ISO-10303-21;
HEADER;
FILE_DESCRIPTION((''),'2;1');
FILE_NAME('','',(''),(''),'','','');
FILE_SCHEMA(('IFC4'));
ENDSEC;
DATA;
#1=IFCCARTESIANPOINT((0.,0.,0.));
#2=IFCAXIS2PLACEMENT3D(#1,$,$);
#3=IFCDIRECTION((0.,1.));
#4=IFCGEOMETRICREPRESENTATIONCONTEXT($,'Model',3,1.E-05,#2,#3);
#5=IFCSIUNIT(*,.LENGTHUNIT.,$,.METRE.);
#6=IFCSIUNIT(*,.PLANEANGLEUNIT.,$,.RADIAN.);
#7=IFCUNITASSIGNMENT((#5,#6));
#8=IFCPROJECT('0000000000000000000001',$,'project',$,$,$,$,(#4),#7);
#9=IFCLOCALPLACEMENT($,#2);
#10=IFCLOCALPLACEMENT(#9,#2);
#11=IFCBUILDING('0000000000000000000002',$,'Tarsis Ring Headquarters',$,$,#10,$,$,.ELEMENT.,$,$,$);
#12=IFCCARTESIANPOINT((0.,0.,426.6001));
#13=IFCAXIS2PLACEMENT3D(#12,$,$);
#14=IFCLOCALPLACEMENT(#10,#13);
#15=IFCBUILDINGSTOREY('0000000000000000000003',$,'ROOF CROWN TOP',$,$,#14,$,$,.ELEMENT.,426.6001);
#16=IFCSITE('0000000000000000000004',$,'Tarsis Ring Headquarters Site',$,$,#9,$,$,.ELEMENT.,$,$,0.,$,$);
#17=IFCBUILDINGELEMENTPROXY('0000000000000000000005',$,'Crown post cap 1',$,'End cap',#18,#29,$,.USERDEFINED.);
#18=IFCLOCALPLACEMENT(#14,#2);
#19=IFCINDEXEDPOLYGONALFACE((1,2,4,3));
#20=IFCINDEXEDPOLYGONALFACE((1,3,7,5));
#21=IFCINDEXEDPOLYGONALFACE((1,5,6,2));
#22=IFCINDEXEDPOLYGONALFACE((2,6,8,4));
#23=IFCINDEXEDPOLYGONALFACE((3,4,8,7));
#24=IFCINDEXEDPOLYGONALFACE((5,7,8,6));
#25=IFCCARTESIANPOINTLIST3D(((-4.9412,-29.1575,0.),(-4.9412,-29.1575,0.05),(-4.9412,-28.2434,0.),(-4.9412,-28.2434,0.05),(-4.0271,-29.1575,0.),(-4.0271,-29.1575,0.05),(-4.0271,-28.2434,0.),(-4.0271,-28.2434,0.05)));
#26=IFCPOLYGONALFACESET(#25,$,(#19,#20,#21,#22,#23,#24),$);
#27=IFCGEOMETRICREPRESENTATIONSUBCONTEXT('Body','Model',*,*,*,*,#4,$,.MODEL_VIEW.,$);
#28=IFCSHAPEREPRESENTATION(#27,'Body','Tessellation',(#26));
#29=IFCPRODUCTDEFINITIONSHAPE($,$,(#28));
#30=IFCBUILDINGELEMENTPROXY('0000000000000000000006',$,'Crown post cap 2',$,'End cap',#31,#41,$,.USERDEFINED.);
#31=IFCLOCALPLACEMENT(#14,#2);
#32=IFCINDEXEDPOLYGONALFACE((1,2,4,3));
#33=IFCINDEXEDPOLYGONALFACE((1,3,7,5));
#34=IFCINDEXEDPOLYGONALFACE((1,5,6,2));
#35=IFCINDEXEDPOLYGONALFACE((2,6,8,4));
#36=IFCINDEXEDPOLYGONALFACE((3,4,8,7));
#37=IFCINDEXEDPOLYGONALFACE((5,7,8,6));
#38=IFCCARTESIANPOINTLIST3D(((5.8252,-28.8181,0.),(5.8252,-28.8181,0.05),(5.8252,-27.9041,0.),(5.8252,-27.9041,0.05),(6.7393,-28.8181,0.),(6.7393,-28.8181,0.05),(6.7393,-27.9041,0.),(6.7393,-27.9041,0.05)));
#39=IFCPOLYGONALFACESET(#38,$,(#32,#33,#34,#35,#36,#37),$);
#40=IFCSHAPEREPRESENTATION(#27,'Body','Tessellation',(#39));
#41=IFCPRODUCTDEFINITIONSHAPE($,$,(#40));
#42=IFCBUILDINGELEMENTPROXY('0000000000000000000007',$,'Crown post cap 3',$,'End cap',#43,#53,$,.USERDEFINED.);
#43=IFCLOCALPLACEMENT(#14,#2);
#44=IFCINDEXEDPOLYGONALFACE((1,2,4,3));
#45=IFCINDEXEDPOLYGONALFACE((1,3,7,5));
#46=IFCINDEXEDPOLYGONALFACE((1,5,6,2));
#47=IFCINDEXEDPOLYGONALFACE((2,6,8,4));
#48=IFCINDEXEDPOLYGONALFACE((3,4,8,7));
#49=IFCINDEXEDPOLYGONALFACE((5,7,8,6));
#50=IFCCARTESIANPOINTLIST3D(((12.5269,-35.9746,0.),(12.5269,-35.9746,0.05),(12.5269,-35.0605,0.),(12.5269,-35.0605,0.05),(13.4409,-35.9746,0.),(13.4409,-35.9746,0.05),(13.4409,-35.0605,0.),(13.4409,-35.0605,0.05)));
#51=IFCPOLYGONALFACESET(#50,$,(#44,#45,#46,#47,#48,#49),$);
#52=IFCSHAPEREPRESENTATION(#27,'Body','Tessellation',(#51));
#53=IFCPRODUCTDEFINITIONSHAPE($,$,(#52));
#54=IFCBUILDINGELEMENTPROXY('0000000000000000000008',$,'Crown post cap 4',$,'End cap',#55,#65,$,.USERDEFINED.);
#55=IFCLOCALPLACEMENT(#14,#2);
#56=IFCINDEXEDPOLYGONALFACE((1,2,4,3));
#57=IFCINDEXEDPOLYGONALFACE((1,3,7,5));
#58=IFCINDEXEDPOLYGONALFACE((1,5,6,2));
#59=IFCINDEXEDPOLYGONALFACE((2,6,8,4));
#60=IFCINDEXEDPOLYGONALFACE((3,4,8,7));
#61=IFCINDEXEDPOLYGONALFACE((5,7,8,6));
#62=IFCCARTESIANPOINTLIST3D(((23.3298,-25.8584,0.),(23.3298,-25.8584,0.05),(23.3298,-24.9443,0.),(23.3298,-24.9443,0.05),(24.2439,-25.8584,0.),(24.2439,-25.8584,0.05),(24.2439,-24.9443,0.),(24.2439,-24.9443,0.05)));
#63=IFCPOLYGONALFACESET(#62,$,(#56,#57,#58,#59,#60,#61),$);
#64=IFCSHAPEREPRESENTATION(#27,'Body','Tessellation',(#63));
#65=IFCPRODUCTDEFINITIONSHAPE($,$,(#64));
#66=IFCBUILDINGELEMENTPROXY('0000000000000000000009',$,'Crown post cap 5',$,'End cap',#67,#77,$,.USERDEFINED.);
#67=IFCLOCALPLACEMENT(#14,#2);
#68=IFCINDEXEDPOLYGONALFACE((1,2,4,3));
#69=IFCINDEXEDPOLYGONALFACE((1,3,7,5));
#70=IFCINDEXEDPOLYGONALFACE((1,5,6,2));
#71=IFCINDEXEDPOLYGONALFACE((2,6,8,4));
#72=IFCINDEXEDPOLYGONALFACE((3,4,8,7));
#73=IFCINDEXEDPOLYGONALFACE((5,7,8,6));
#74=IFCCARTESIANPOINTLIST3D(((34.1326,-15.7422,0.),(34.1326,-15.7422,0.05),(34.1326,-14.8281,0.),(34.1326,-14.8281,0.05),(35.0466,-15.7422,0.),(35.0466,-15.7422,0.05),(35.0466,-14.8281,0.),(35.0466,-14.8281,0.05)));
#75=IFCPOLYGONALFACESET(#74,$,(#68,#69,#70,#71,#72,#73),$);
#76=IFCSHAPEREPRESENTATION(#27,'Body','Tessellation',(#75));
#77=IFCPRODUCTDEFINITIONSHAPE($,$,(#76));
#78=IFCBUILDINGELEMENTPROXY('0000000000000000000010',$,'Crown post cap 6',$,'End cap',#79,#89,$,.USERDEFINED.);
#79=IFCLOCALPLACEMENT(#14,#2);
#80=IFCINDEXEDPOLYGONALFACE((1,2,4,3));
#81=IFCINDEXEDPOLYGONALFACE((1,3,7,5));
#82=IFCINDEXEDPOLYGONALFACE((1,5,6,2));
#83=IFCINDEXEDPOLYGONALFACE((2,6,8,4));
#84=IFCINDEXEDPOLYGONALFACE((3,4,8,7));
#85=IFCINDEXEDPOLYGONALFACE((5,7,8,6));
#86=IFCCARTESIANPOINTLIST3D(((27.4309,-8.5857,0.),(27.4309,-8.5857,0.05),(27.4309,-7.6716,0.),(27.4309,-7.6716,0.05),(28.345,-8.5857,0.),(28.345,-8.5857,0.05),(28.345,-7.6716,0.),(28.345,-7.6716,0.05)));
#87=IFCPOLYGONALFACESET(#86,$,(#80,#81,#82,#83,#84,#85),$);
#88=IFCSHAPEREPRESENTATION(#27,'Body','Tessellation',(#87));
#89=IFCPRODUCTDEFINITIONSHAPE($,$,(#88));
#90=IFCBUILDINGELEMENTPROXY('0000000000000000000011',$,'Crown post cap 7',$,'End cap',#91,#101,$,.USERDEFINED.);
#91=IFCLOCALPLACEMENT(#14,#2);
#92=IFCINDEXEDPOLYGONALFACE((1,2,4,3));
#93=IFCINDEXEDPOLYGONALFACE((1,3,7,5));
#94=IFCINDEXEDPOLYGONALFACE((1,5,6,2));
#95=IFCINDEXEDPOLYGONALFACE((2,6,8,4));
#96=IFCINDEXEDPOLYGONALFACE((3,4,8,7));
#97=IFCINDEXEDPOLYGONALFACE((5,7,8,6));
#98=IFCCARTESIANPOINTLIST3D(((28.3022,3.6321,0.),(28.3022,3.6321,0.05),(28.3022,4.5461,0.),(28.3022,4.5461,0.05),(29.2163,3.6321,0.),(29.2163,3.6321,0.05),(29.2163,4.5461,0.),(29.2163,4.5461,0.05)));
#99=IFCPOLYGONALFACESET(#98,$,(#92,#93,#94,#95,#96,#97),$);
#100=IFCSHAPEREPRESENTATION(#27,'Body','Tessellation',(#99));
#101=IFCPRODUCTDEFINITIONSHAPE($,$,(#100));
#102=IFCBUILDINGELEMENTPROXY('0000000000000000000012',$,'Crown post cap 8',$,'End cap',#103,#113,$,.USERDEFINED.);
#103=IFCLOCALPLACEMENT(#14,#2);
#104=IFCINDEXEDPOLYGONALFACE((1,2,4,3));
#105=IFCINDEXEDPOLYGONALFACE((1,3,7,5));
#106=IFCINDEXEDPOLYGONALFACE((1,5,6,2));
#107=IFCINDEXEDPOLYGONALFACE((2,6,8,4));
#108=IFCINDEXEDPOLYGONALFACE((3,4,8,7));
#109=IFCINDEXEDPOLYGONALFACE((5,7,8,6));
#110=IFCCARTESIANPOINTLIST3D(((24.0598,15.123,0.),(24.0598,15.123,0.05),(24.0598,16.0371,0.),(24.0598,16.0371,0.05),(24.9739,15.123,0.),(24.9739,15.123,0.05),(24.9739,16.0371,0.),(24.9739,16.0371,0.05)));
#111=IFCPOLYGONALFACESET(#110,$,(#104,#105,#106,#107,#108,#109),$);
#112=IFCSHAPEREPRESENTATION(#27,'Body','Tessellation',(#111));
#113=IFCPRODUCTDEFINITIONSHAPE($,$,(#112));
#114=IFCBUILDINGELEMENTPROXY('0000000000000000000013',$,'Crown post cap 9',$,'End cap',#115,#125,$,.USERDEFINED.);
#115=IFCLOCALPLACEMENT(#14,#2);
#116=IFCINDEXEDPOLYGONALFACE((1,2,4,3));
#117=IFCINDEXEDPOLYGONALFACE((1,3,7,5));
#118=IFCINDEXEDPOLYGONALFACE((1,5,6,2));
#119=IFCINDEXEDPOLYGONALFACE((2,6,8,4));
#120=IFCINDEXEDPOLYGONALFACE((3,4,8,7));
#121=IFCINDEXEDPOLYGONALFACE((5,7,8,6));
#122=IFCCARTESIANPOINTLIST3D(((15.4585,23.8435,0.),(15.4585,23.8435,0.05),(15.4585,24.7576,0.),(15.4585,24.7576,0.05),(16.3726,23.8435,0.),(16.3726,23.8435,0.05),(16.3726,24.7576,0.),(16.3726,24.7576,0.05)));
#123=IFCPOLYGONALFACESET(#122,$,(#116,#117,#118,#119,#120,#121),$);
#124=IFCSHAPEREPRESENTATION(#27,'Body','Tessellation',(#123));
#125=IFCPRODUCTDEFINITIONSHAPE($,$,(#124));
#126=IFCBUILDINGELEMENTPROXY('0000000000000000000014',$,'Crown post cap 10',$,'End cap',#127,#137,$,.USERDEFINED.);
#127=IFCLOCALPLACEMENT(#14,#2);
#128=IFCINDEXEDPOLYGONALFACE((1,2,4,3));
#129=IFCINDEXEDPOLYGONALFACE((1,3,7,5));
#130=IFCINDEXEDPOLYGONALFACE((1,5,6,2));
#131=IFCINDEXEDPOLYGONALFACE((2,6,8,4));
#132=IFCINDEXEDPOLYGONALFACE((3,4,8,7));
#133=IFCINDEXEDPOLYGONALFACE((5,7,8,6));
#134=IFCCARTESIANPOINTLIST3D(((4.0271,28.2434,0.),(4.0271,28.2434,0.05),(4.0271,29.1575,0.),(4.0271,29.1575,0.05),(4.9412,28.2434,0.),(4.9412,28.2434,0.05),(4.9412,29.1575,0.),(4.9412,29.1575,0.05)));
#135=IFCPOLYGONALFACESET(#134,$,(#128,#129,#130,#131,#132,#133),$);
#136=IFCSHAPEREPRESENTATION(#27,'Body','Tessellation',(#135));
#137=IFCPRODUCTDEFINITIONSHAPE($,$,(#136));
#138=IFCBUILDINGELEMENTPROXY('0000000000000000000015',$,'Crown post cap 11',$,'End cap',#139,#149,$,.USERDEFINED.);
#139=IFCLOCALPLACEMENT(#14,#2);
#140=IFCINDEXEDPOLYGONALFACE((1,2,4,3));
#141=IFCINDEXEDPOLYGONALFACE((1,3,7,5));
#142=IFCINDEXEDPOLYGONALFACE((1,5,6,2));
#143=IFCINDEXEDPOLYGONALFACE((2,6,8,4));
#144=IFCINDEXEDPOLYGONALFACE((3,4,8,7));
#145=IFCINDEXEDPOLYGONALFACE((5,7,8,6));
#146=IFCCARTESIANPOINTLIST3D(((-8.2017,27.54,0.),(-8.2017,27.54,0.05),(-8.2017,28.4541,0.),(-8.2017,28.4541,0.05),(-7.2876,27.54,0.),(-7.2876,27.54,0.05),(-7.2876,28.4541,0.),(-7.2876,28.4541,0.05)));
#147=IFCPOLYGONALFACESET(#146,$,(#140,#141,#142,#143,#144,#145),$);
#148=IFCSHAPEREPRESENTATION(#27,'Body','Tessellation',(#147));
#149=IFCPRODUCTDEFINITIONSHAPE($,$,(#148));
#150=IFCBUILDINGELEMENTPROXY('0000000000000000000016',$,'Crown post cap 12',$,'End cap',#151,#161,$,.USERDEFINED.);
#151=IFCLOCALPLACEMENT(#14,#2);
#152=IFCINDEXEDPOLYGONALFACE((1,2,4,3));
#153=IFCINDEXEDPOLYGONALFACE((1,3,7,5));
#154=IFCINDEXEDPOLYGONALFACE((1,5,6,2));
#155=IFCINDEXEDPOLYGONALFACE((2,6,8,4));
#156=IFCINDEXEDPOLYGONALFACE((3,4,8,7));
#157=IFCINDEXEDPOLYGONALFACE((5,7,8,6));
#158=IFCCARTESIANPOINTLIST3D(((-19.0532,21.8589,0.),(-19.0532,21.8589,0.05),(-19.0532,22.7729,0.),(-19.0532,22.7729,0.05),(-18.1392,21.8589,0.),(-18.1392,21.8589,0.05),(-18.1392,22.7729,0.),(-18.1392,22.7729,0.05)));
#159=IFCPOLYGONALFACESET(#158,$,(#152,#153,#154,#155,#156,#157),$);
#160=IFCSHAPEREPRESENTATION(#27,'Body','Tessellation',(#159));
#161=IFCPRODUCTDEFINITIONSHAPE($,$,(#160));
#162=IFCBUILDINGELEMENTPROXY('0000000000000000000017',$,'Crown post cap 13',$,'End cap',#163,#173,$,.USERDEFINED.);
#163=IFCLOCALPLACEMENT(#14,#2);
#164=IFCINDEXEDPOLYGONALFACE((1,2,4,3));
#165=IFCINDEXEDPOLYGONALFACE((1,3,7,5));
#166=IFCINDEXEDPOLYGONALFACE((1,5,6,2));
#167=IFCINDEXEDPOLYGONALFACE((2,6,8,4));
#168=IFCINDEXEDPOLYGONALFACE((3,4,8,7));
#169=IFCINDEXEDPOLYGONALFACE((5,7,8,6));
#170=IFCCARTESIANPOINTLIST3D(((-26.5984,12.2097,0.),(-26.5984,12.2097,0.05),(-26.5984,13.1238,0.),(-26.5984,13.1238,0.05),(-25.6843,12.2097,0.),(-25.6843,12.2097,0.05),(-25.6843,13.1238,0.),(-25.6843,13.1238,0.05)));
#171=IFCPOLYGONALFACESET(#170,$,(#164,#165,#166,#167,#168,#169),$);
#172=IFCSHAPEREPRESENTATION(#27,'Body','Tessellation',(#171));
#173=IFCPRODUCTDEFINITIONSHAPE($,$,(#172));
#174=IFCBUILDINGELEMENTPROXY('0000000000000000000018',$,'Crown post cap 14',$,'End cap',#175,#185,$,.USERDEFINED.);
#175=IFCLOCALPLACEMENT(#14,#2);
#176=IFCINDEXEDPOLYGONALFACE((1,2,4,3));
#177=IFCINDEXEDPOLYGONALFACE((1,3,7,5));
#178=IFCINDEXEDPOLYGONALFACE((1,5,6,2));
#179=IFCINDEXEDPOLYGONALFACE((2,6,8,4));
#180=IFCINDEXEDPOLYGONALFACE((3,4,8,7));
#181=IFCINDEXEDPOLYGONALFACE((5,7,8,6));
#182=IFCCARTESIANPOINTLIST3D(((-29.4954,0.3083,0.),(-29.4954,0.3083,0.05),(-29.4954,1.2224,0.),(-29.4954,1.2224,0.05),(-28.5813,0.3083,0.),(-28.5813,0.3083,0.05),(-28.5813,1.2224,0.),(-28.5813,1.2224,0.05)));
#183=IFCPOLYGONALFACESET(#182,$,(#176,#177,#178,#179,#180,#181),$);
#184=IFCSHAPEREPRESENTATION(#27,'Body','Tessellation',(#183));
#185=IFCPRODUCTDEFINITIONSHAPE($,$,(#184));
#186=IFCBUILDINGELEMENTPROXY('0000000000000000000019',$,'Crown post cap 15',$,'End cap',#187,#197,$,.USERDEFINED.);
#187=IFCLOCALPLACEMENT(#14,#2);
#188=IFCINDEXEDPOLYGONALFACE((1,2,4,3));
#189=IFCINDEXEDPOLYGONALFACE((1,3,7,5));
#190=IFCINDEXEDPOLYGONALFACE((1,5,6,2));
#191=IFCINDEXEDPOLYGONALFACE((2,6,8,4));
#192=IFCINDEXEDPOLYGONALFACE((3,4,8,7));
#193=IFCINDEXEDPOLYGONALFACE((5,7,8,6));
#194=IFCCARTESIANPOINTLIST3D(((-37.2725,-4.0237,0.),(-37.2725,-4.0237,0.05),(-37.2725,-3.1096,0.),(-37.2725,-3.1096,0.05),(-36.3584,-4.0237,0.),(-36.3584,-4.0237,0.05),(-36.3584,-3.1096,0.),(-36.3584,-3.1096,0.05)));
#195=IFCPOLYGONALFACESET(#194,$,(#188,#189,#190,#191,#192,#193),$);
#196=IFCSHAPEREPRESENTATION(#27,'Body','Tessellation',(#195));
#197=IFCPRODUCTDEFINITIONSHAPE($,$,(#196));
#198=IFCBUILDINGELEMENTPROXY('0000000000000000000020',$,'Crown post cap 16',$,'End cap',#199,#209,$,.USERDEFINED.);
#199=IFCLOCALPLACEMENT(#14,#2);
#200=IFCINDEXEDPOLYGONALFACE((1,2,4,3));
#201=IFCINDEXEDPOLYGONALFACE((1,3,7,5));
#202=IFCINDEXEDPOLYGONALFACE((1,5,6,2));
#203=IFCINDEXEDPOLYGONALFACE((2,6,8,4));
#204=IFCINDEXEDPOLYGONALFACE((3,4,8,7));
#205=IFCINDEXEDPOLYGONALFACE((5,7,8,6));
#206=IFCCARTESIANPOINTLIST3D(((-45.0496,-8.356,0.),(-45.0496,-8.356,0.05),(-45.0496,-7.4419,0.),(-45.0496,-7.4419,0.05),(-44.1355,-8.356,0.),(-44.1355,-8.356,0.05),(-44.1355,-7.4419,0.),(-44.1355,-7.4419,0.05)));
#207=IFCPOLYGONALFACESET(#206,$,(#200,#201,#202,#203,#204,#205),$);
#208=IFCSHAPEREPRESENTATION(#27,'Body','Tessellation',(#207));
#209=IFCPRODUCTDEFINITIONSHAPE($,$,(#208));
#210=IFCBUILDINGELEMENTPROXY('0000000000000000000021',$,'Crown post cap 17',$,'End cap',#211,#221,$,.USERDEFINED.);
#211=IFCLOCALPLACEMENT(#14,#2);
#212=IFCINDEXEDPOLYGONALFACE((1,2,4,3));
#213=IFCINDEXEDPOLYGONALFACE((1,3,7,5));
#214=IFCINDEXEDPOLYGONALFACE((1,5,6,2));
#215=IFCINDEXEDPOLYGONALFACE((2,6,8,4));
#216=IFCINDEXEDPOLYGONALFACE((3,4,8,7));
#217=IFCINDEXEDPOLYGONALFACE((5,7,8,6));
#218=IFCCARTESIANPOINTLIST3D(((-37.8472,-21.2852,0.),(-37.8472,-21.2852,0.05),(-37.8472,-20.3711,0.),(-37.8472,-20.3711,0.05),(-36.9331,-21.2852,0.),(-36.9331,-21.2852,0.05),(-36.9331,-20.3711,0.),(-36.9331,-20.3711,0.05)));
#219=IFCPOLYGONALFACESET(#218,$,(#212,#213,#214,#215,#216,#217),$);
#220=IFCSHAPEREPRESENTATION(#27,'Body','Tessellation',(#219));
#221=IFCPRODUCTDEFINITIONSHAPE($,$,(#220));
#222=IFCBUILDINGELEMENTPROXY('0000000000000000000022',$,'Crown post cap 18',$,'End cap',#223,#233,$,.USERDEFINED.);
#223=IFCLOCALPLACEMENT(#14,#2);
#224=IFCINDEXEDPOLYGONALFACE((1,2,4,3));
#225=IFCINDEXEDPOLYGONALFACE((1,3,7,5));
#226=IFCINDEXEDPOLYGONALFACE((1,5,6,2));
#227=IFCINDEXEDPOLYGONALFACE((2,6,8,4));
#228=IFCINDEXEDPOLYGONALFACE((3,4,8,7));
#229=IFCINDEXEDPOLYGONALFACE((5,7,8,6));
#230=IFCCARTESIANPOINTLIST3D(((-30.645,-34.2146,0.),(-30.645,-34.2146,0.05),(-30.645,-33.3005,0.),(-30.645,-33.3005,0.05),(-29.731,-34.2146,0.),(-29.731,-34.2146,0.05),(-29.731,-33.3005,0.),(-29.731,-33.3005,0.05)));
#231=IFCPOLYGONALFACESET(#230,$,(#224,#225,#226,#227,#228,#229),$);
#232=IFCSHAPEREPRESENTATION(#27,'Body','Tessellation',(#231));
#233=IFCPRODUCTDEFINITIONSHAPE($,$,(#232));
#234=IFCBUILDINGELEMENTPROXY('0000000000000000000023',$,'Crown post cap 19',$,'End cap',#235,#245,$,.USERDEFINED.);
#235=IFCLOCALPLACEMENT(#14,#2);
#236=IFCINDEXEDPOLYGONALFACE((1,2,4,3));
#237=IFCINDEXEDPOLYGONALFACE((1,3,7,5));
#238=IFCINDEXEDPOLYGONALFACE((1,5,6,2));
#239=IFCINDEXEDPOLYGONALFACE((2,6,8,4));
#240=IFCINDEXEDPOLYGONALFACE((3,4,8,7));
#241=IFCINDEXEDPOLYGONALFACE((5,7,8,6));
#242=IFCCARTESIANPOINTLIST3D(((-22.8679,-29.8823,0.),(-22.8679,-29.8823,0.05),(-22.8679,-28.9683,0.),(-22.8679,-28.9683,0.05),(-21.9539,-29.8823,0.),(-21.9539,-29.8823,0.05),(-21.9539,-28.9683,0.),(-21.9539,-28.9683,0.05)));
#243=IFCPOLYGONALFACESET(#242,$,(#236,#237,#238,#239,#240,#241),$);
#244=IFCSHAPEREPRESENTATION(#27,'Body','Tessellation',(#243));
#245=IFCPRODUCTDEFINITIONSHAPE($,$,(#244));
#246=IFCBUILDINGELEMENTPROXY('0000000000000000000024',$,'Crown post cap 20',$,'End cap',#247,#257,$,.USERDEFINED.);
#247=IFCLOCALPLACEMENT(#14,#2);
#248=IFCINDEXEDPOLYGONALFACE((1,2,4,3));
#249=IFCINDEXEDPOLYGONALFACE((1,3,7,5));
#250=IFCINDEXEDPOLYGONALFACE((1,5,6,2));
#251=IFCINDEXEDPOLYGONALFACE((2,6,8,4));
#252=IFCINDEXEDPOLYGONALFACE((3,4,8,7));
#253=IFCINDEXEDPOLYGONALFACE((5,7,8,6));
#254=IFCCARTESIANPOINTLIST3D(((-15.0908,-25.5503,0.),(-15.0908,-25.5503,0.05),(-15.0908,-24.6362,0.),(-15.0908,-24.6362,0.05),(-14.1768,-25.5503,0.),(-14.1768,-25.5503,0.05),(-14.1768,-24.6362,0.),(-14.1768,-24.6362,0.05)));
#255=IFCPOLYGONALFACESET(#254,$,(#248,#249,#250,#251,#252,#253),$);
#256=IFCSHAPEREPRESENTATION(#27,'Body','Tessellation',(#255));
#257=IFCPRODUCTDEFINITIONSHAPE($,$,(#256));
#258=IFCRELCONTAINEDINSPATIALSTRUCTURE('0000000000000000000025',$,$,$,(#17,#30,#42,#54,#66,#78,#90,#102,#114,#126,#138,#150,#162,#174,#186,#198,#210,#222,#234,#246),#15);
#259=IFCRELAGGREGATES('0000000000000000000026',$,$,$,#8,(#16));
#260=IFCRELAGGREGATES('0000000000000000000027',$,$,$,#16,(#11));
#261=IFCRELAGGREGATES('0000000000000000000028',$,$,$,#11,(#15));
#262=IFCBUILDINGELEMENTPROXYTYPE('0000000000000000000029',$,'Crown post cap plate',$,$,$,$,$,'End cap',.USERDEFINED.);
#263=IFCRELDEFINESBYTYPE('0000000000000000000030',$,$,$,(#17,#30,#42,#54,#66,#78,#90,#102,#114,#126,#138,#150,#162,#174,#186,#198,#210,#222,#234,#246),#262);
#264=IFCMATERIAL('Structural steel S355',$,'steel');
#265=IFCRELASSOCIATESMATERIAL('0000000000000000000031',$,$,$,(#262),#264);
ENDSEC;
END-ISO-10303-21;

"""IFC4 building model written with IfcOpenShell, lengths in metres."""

from ifc_helpers import new_model, si_unit, direction, frame, origin, origin_2d, place, context, subcontext, project, spatial, rectangle, extrude, material, type_object, element, save


model = new_model("IFC4")

# Units and contexts
model_context = context("Model", 3, precision=1e-05, world=origin(), true_north=direction((0.0, 1.0)))
body_context = subcontext(model_context, "Body", "Model", "MODEL_VIEW")
ifc_project = project(units=[si_unit("LENGTHUNIT", "METRE"), si_unit("PLANEANGLEUNIT", "RADIAN")], contexts=[model_context])

# Site, building, storey
site_placement = place(None, origin())
site = spatial("IfcSite", under=ifc_project, at=site_placement, Name="Tarsis Ring Headquarters Site", CompositionType="ELEMENT", RefElevation=0.0)
building_placement = place(site_placement, origin())
building = spatial("IfcBuilding", under=site, at=building_placement, Name="Tarsis Ring Headquarters", CompositionType="ELEMENT")
storey_placement = place(building_placement, frame((0.0, 0.0, 426.6001)))
storey = spatial("IfcBuildingStorey", under=building, at=storey_placement, Name="ROOF CROWN TOP", CompositionType="ELEMENT", Elevation=426.6001)

# Building element proxies
ifc_material = material(Name="Structural steel S355", Category="steel")
building_element_proxy_type = type_object("IfcBuildingElementProxyType", Name="Crown post cap plate", ElementType="End cap", PredefinedType="USERDEFINED", material=ifc_material)
for number, where, z_axis, x_axis, name in (
    (1, (-4.4841, -28.7004, 0.0), (0.0, 0.0, 1.0), (1.0, 0.0, 0.0), "Crown post cap 1"),
    (2, (6.2822, -28.3611, 0.0), (0.0, 0.0, 1.0), (1.0, 0.0, 0.0), "Crown post cap 2"),
    (3, (12.9839, -35.5176, 0.0), (0.0, 0.0, 1.0), (1.0, 0.0, 0.0), "Crown post cap 3"),
    (4, (23.7869, -25.4014, 0.0), (0.0, 0.0, 1.0), (1.0, 0.0, 0.0), "Crown post cap 4"),
    (5, (34.5896, -15.2852, 0.0), (0.0, 0.0, 1.0), (1.0, 0.0, 0.0), "Crown post cap 5"),
    (6, (27.8879, -8.1287, 0.0), (0.0, 0.0, 1.0), (1.0, 0.0, 0.0), "Crown post cap 6"),
    (7, (28.7593, 4.0891, 0.0), (0.0, 0.0, 1.0), (1.0, 0.0, 0.0), "Crown post cap 7"),
    (8, (24.5168, 15.5801, 0.0), (0.0, 0.0, 1.0), (1.0, 0.0, 0.0), "Crown post cap 8"),
    (9, (15.9155, 24.3005, 0.0), (0.0, 0.0, 1.0), (1.0, 0.0, 0.0), "Crown post cap 9"),
    (10, (4.4841, 28.7004, 0.0), (0.0, 0.0, 1.0), (1.0, 0.0, 0.0), "Crown post cap 10"),
    (11, (-7.7446, 27.9971, 0.0), (0.0, 0.0, 1.0), (1.0, 0.0, 0.0), "Crown post cap 11"),
    (12, (-18.5962, 22.3159, 0.0), (0.0, 0.0, 1.0), (1.0, 0.0, 0.0), "Crown post cap 12"),
    (13, (-26.1414, 12.6667, 0.0), (0.0, 0.0, 1.0), (1.0, 0.0, 0.0), "Crown post cap 13"),
    (14, (-29.0383, 0.7654, 0.0), (0.0, 0.0, 1.0), (1.0, 0.0, 0.0), "Crown post cap 14"),
    (15, (-36.8154, -3.5667, 0.0), (0.0, 0.0, 1.0), (1.0, 0.0, 0.0), "Crown post cap 15"),
    (16, (-44.5925, -7.8989, 0.0), (0.0, 0.0, 1.0), (1.0, 0.0, 0.0), "Crown post cap 16"),
    (17, (-37.3901, -20.8281, 0.0), (0.0, 0.0, 1.0), (1.0, 0.0, 0.0), "Crown post cap 17"),
    (18, (-30.188, -33.7576, 0.0), (0.0, 0.0, 1.0), (1.0, 0.0, 0.0), "Crown post cap 18"),
    (19, (-22.4109, -29.4253, 0.0), (0.0, 0.0, 1.0), (1.0, 0.0, 0.0), "Crown post cap 19"),
    (20, (-14.6338, -25.0933, 0.0), (0.0, 0.0, 1.0), (1.0, 0.0, 0.0), "Crown post cap 20"),
):
    element("IfcBuildingElementProxy", number, at=place(storey_placement, frame(where, z_axis=z_axis, x_axis=x_axis)), inside=storey, type_object=building_element_proxy_type, Name=name, ObjectType="End cap", PredefinedType="USERDEFINED", context=body_context, shape_type="SweptSolid", body=[
        extrude(rectangle(XDim=0.9141, YDim=0.9141, at=origin_2d()), origin(), (0.0, 0.0, 1.0), 0.05),
    ])

save(model, "model.ifc")
